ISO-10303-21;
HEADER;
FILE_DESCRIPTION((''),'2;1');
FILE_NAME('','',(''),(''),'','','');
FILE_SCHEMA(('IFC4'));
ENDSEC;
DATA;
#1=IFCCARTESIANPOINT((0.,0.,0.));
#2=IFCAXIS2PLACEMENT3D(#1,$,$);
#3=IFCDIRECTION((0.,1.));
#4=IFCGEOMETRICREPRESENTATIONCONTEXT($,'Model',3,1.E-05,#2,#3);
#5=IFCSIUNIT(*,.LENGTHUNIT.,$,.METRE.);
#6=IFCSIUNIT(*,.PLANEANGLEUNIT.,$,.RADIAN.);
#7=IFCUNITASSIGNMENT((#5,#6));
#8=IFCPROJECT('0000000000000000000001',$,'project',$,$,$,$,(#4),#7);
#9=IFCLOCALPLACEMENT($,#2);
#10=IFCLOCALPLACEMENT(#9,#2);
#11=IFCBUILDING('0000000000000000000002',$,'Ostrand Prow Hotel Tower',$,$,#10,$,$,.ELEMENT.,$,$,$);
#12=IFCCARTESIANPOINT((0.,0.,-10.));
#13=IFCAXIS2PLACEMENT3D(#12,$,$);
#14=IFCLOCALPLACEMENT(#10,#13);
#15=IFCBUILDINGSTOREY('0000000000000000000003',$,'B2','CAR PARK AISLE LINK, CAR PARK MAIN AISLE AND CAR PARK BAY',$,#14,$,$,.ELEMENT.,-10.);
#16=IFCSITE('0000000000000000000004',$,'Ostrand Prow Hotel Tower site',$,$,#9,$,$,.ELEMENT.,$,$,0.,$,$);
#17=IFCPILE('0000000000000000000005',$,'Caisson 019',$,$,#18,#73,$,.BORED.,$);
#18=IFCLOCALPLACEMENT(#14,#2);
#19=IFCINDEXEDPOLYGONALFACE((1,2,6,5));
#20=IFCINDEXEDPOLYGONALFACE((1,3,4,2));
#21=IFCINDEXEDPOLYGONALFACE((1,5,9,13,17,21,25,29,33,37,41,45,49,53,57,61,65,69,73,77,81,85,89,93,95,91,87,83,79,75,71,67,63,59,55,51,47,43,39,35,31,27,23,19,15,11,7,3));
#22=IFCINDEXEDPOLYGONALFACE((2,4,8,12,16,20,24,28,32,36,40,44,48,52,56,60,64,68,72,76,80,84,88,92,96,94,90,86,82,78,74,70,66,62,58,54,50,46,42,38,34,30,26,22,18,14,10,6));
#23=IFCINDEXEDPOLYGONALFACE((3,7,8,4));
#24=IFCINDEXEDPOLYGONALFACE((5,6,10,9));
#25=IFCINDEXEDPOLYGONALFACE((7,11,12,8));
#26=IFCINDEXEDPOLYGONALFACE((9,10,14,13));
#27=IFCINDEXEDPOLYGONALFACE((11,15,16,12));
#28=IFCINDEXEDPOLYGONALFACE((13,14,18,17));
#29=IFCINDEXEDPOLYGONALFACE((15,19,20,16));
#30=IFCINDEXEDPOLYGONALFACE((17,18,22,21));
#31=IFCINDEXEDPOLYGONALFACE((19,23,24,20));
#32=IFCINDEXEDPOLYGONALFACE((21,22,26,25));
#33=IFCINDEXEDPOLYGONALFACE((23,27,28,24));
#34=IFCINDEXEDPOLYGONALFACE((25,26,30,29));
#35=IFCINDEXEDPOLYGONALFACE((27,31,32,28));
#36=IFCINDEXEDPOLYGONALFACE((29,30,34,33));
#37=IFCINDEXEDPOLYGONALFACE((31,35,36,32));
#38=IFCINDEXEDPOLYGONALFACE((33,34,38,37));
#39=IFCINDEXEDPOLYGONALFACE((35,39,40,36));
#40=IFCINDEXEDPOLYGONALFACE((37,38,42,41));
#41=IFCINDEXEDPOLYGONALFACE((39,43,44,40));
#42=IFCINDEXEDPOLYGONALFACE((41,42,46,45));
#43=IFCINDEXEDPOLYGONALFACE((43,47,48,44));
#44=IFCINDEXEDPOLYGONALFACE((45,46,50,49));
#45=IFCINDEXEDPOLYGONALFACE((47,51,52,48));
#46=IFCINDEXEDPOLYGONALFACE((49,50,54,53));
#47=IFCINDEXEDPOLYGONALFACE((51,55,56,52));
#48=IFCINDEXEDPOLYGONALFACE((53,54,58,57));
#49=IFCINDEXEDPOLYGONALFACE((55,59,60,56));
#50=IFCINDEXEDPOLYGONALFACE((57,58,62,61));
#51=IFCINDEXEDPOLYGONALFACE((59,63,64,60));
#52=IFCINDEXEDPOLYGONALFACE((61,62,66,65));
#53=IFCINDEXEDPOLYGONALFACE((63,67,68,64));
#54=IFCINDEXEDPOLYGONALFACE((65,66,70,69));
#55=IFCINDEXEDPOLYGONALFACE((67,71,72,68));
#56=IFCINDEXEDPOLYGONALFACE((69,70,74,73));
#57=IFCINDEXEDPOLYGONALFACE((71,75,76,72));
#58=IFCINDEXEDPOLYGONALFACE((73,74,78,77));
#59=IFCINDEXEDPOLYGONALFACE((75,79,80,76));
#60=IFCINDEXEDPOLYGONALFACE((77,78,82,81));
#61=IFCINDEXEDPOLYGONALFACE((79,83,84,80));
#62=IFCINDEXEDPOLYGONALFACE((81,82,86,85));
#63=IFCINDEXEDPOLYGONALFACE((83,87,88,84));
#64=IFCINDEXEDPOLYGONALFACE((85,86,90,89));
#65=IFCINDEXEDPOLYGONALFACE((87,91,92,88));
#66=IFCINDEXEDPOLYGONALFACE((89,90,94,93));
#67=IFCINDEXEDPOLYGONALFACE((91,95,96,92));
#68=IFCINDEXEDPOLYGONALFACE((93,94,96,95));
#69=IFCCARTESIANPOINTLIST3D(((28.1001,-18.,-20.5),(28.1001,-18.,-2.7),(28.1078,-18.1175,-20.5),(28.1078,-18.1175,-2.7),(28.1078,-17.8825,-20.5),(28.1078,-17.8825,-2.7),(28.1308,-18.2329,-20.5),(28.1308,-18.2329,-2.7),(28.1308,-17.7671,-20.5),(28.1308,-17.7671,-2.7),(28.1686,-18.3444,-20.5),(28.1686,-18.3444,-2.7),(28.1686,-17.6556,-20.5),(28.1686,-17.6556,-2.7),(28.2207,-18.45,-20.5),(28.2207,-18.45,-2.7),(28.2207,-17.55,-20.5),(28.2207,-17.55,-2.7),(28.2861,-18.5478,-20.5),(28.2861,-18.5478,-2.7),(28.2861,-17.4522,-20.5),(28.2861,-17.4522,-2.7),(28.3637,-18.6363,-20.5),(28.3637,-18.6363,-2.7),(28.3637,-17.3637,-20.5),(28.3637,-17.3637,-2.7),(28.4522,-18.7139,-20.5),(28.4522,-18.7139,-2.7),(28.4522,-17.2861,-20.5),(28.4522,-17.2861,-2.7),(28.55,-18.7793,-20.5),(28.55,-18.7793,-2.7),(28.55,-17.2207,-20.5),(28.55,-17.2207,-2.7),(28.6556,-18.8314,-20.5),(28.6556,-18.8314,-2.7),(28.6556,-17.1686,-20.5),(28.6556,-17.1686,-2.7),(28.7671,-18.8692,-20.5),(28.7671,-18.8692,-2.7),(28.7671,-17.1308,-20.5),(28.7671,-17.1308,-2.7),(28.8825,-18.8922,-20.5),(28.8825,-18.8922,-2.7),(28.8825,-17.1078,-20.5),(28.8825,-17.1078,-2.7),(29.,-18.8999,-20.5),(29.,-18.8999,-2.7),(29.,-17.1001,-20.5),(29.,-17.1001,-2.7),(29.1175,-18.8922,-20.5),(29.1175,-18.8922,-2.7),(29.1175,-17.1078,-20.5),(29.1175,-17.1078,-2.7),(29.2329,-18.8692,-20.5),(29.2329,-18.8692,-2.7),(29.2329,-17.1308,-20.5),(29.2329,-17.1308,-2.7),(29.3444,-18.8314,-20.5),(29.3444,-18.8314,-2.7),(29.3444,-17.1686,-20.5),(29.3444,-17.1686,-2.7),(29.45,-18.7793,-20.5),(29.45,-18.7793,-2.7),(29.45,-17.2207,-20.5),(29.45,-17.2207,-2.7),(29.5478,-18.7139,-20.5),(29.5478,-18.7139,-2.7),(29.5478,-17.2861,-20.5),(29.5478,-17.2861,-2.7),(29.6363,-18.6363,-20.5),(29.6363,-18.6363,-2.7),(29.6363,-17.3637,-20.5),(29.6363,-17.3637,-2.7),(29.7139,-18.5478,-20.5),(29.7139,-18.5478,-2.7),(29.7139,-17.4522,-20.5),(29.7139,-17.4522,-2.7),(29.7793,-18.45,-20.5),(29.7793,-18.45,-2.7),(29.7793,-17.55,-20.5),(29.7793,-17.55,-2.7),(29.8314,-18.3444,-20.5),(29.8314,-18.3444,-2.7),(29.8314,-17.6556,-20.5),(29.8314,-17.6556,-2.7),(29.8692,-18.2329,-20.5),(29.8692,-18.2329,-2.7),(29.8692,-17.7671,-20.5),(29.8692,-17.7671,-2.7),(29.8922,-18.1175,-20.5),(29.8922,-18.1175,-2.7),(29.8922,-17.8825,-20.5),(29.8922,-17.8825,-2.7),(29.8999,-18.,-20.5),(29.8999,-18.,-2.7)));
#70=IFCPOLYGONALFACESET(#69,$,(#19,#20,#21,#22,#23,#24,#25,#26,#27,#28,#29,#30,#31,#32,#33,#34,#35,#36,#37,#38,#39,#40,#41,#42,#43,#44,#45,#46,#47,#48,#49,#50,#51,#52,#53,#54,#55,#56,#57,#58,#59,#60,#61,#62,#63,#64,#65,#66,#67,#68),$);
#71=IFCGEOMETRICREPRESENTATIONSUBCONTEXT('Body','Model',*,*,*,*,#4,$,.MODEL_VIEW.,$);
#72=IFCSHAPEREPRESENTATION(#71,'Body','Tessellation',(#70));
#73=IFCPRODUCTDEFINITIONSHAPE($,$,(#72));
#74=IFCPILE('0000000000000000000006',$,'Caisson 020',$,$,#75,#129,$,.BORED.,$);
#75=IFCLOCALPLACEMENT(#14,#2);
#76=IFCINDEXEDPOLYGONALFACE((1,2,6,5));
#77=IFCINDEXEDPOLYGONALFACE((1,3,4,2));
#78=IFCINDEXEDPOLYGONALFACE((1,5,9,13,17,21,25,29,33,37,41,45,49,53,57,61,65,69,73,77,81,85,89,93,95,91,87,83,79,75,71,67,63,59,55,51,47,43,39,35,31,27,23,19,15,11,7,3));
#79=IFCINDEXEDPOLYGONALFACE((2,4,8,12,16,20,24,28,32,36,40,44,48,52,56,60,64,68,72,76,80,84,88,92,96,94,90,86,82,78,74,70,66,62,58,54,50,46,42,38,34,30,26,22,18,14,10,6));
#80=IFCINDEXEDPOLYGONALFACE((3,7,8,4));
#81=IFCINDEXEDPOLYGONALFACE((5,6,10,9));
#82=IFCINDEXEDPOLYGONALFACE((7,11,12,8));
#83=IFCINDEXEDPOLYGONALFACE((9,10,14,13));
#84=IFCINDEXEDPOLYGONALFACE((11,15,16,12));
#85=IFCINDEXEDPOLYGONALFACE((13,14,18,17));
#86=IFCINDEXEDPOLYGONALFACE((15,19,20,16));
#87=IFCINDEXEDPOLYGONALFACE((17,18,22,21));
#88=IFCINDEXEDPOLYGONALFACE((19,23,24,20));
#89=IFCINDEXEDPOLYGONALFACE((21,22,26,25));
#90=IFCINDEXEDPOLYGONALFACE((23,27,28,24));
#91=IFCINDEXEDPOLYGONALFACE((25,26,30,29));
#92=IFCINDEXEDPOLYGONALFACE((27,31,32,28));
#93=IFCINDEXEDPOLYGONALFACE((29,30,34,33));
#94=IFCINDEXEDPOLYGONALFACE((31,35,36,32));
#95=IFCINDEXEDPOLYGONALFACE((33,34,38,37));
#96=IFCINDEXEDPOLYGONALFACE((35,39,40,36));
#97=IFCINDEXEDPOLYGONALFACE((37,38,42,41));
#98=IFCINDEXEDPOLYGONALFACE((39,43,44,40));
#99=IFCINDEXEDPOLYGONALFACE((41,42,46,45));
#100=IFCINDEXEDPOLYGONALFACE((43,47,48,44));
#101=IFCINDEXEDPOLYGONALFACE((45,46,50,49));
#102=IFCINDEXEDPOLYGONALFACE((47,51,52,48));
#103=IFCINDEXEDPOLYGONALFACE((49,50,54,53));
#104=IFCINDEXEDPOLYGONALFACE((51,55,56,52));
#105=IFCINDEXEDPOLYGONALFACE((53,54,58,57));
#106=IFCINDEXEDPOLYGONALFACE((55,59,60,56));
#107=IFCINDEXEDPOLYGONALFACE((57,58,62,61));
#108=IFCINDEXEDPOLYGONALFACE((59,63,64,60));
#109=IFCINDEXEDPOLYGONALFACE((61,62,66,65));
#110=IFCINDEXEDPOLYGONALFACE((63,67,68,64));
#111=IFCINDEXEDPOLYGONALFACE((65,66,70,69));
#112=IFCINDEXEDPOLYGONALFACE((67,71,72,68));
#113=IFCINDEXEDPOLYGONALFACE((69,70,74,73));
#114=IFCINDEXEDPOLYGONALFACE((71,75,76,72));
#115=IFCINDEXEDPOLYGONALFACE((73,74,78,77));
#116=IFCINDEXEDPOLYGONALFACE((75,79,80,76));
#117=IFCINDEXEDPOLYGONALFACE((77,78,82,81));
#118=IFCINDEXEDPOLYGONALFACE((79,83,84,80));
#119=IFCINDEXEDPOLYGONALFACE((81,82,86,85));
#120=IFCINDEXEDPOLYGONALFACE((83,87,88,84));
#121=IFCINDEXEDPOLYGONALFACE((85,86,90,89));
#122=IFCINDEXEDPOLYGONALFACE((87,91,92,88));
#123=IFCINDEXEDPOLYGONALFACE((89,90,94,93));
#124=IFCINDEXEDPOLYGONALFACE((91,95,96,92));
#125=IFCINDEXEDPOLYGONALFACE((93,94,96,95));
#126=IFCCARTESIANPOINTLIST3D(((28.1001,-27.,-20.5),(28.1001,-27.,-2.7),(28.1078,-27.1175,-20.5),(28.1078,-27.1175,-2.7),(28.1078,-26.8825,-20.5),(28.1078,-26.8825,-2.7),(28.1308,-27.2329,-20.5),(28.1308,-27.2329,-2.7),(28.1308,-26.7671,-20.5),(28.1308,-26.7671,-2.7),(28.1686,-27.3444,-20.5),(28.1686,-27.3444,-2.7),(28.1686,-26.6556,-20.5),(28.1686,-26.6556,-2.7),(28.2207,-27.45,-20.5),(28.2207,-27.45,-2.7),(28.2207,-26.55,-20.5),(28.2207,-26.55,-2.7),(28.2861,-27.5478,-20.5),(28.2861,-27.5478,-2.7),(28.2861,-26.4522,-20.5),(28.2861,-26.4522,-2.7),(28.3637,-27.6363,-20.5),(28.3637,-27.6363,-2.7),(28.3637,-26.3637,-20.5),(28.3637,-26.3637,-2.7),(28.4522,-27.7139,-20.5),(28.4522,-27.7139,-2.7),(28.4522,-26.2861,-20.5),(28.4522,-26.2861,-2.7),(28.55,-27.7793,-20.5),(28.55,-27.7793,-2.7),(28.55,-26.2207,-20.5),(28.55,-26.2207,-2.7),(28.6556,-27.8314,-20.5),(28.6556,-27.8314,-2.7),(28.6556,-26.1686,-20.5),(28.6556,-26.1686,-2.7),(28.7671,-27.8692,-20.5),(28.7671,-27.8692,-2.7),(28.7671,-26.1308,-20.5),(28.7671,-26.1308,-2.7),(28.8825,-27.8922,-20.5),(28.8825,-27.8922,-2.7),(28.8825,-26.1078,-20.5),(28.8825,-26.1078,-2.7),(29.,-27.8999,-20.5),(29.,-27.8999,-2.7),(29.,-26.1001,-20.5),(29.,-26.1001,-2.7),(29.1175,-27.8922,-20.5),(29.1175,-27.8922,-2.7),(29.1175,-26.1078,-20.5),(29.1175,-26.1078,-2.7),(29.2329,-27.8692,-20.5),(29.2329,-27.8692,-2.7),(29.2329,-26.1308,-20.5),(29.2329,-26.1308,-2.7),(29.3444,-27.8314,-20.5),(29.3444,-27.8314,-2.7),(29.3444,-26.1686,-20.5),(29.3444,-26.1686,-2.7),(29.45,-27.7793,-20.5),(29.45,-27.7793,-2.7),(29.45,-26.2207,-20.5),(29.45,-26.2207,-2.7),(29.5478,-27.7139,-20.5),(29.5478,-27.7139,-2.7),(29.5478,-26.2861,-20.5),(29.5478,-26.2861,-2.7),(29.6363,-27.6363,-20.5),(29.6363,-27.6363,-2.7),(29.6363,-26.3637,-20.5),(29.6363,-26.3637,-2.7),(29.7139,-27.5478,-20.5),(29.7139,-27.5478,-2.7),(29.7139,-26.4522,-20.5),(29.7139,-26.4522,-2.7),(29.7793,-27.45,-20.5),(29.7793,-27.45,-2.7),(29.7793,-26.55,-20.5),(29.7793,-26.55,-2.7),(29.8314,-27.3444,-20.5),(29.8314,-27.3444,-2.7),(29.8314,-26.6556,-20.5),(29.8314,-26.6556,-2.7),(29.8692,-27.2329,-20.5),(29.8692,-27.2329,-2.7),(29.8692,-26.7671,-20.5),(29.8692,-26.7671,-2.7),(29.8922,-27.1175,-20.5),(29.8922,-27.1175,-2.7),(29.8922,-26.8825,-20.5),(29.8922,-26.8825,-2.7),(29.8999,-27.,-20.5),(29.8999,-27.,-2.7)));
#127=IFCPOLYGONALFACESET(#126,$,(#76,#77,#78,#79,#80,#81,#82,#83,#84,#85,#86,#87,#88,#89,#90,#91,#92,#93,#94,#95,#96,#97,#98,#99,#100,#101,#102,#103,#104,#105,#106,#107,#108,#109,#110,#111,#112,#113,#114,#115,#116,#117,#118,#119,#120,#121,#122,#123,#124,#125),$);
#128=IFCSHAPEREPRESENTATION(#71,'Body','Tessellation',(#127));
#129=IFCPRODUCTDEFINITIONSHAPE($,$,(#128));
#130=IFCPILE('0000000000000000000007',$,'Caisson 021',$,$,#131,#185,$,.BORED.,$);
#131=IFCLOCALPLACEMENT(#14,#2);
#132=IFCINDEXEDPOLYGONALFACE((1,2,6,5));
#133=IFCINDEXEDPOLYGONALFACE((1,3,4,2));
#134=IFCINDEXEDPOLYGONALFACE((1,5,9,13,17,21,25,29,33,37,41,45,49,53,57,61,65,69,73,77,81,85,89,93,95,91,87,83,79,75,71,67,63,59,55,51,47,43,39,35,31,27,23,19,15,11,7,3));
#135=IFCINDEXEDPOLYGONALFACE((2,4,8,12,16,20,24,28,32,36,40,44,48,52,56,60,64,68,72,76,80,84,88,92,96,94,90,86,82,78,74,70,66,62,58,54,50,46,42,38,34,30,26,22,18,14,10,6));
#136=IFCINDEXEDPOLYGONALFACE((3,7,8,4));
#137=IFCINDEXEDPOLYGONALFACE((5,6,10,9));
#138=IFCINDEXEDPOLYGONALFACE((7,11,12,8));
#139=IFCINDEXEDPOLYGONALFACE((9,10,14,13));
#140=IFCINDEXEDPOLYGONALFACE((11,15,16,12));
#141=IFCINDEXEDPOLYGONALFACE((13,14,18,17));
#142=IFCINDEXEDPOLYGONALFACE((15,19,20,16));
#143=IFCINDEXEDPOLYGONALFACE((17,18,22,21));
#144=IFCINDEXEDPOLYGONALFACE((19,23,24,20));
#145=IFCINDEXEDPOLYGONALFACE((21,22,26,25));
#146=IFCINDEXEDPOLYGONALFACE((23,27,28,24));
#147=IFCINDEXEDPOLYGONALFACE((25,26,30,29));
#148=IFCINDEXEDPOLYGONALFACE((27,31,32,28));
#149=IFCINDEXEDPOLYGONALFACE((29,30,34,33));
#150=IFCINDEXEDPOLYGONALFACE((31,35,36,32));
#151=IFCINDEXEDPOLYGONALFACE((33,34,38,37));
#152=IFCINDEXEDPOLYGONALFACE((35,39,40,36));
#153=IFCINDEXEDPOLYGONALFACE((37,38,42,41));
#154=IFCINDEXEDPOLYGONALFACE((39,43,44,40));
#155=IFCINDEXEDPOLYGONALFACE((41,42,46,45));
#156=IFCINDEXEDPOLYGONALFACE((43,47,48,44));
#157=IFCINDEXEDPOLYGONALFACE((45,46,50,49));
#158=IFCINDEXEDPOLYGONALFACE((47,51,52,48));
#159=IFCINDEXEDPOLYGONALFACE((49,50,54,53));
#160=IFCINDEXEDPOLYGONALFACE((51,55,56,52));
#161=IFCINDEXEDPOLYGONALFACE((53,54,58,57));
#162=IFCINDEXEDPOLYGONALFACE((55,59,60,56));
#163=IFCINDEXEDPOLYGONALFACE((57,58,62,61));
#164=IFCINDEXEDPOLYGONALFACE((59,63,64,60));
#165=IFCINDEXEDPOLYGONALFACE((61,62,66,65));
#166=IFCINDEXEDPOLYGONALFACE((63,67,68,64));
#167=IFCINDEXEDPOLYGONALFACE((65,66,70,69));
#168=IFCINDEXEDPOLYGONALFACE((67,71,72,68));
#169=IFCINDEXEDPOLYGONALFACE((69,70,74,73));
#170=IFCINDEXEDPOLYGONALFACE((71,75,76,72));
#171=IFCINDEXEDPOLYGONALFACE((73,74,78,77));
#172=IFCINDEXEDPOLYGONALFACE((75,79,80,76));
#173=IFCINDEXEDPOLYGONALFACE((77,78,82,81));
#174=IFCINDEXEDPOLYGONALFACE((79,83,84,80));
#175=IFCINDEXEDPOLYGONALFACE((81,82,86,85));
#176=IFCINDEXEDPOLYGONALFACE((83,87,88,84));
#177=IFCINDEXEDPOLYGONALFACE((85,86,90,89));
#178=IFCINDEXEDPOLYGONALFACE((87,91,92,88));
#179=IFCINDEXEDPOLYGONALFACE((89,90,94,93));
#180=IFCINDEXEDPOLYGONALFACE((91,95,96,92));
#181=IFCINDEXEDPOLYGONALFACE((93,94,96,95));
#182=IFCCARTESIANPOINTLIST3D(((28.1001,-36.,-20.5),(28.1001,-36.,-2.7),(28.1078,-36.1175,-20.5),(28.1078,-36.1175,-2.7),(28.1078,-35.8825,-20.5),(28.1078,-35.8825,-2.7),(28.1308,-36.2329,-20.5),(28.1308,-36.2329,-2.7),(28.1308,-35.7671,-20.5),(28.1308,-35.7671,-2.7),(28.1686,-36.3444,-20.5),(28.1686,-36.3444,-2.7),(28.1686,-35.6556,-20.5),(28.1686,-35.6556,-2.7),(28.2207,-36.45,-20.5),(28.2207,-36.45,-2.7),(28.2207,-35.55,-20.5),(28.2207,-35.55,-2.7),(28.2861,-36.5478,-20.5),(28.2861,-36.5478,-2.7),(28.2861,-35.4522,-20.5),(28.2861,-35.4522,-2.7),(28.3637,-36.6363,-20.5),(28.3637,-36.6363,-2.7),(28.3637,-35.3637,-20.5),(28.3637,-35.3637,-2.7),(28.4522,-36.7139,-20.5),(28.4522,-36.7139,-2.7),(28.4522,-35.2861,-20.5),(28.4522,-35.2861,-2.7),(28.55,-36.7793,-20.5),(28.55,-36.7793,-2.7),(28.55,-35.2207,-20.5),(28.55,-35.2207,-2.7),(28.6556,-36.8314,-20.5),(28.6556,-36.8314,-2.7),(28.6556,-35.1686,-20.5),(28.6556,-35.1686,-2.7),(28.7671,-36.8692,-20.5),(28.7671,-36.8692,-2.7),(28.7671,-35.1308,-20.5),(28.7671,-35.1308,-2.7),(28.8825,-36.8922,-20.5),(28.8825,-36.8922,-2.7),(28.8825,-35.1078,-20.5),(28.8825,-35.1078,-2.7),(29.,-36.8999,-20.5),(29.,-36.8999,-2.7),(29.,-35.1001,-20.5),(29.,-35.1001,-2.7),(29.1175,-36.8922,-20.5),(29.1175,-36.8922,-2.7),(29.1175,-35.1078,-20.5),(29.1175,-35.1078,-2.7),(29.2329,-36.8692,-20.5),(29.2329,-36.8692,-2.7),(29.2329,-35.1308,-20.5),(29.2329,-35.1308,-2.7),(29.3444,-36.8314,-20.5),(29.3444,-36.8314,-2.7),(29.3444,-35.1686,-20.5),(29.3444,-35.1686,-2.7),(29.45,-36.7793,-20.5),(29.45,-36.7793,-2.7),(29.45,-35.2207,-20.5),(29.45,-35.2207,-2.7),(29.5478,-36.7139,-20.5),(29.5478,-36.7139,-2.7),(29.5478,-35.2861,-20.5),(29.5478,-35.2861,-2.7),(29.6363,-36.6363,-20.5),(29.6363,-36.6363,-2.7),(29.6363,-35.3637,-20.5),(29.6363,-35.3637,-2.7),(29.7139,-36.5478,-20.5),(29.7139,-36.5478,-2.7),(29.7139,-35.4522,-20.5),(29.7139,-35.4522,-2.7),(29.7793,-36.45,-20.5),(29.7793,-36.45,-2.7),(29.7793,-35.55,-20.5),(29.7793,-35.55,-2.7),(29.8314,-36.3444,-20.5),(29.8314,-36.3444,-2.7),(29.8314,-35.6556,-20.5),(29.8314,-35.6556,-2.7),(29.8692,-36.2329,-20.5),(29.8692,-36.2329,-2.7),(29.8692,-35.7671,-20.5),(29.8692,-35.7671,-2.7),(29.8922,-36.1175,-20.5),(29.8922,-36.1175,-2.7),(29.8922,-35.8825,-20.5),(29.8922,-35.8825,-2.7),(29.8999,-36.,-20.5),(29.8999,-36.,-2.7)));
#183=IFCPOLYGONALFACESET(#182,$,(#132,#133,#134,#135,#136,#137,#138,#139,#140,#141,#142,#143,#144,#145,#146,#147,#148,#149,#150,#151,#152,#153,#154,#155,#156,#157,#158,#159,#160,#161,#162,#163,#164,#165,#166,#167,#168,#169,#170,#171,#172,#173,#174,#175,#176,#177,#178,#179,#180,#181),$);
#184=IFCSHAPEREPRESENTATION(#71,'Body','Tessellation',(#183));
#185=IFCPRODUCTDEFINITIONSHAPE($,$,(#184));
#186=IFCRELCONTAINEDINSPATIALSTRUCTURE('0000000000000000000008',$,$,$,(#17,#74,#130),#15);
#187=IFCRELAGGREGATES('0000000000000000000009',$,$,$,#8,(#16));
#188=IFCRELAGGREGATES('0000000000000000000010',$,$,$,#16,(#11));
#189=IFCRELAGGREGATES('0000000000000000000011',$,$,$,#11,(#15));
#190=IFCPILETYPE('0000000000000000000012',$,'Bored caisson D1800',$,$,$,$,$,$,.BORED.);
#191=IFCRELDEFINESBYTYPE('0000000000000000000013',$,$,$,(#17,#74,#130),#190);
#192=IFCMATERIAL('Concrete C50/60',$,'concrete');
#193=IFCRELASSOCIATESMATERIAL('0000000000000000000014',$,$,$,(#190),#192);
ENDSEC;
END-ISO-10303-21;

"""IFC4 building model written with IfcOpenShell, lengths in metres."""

from ifc_helpers import new_model, si_unit, direction, frame, origin, origin_2d, place, context, subcontext, project, spatial, circle, extrude, material, type_object, element, save


model = new_model("IFC4")

# Units and contexts
model_context = context("Model", 3, precision=1e-05, world=origin(), true_north=direction((0.0, 1.0)))
body_context = subcontext(model_context, "Body", "Model", "MODEL_VIEW")
ifc_project = project(units=[si_unit("LENGTHUNIT", "METRE"), si_unit("PLANEANGLEUNIT", "RADIAN")], contexts=[model_context])

# Site, building, storey
site_placement = place(None, origin())
site = spatial("IfcSite", under=ifc_project, at=site_placement, Name="Ostrand Prow Hotel Tower site", CompositionType="ELEMENT", RefElevation=0.0)
building_placement = place(site_placement, origin())
building = spatial("IfcBuilding", under=site, at=building_placement, Name="Ostrand Prow Hotel Tower", CompositionType="ELEMENT")
storey_placement = place(building_placement, frame((0.0, 0.0, -10.0)))
storey = spatial("IfcBuildingStorey", under=building, at=storey_placement, Name="B2", Description="CAR PARK AISLE LINK, CAR PARK MAIN AISLE AND CAR PARK BAY", CompositionType="ELEMENT", Elevation=-10.0)

# Piles
ifc_material_1 = material(Name="Concrete C50/60", Category="concrete")
pile_type = type_object("IfcPileType", Name="Bored caisson D1800", PredefinedType="BORED", material=ifc_material_1)
for number, where, z_axis, x_axis, name in (
    (1, (29.0, -18.0, -2.7), (0.0, 0.0, -1.0), (1.0, 0.0, 0.0), "Caisson 019"),
    (2, (29.0, -27.0, -2.7), (0.0, 0.0, -1.0), (1.0, 0.0, 0.0), "Caisson 020"),
    (3, (29.0, -36.0, -2.7), (0.0, 0.0, -1.0), (1.0, 0.0, 0.0), "Caisson 021"),
):
    element("IfcPile", number, at=place(storey_placement, frame(where, z_axis=z_axis, x_axis=x_axis)), inside=storey, type_object=pile_type, Name=name, PredefinedType="BORED", context=body_context, shape_type="SweptSolid", body=[
        extrude(circle(Radius=0.8999, at=origin_2d()), origin(), (0.0, 0.0, 1.0), 17.8),
    ])

save(model, "model.ifc")
